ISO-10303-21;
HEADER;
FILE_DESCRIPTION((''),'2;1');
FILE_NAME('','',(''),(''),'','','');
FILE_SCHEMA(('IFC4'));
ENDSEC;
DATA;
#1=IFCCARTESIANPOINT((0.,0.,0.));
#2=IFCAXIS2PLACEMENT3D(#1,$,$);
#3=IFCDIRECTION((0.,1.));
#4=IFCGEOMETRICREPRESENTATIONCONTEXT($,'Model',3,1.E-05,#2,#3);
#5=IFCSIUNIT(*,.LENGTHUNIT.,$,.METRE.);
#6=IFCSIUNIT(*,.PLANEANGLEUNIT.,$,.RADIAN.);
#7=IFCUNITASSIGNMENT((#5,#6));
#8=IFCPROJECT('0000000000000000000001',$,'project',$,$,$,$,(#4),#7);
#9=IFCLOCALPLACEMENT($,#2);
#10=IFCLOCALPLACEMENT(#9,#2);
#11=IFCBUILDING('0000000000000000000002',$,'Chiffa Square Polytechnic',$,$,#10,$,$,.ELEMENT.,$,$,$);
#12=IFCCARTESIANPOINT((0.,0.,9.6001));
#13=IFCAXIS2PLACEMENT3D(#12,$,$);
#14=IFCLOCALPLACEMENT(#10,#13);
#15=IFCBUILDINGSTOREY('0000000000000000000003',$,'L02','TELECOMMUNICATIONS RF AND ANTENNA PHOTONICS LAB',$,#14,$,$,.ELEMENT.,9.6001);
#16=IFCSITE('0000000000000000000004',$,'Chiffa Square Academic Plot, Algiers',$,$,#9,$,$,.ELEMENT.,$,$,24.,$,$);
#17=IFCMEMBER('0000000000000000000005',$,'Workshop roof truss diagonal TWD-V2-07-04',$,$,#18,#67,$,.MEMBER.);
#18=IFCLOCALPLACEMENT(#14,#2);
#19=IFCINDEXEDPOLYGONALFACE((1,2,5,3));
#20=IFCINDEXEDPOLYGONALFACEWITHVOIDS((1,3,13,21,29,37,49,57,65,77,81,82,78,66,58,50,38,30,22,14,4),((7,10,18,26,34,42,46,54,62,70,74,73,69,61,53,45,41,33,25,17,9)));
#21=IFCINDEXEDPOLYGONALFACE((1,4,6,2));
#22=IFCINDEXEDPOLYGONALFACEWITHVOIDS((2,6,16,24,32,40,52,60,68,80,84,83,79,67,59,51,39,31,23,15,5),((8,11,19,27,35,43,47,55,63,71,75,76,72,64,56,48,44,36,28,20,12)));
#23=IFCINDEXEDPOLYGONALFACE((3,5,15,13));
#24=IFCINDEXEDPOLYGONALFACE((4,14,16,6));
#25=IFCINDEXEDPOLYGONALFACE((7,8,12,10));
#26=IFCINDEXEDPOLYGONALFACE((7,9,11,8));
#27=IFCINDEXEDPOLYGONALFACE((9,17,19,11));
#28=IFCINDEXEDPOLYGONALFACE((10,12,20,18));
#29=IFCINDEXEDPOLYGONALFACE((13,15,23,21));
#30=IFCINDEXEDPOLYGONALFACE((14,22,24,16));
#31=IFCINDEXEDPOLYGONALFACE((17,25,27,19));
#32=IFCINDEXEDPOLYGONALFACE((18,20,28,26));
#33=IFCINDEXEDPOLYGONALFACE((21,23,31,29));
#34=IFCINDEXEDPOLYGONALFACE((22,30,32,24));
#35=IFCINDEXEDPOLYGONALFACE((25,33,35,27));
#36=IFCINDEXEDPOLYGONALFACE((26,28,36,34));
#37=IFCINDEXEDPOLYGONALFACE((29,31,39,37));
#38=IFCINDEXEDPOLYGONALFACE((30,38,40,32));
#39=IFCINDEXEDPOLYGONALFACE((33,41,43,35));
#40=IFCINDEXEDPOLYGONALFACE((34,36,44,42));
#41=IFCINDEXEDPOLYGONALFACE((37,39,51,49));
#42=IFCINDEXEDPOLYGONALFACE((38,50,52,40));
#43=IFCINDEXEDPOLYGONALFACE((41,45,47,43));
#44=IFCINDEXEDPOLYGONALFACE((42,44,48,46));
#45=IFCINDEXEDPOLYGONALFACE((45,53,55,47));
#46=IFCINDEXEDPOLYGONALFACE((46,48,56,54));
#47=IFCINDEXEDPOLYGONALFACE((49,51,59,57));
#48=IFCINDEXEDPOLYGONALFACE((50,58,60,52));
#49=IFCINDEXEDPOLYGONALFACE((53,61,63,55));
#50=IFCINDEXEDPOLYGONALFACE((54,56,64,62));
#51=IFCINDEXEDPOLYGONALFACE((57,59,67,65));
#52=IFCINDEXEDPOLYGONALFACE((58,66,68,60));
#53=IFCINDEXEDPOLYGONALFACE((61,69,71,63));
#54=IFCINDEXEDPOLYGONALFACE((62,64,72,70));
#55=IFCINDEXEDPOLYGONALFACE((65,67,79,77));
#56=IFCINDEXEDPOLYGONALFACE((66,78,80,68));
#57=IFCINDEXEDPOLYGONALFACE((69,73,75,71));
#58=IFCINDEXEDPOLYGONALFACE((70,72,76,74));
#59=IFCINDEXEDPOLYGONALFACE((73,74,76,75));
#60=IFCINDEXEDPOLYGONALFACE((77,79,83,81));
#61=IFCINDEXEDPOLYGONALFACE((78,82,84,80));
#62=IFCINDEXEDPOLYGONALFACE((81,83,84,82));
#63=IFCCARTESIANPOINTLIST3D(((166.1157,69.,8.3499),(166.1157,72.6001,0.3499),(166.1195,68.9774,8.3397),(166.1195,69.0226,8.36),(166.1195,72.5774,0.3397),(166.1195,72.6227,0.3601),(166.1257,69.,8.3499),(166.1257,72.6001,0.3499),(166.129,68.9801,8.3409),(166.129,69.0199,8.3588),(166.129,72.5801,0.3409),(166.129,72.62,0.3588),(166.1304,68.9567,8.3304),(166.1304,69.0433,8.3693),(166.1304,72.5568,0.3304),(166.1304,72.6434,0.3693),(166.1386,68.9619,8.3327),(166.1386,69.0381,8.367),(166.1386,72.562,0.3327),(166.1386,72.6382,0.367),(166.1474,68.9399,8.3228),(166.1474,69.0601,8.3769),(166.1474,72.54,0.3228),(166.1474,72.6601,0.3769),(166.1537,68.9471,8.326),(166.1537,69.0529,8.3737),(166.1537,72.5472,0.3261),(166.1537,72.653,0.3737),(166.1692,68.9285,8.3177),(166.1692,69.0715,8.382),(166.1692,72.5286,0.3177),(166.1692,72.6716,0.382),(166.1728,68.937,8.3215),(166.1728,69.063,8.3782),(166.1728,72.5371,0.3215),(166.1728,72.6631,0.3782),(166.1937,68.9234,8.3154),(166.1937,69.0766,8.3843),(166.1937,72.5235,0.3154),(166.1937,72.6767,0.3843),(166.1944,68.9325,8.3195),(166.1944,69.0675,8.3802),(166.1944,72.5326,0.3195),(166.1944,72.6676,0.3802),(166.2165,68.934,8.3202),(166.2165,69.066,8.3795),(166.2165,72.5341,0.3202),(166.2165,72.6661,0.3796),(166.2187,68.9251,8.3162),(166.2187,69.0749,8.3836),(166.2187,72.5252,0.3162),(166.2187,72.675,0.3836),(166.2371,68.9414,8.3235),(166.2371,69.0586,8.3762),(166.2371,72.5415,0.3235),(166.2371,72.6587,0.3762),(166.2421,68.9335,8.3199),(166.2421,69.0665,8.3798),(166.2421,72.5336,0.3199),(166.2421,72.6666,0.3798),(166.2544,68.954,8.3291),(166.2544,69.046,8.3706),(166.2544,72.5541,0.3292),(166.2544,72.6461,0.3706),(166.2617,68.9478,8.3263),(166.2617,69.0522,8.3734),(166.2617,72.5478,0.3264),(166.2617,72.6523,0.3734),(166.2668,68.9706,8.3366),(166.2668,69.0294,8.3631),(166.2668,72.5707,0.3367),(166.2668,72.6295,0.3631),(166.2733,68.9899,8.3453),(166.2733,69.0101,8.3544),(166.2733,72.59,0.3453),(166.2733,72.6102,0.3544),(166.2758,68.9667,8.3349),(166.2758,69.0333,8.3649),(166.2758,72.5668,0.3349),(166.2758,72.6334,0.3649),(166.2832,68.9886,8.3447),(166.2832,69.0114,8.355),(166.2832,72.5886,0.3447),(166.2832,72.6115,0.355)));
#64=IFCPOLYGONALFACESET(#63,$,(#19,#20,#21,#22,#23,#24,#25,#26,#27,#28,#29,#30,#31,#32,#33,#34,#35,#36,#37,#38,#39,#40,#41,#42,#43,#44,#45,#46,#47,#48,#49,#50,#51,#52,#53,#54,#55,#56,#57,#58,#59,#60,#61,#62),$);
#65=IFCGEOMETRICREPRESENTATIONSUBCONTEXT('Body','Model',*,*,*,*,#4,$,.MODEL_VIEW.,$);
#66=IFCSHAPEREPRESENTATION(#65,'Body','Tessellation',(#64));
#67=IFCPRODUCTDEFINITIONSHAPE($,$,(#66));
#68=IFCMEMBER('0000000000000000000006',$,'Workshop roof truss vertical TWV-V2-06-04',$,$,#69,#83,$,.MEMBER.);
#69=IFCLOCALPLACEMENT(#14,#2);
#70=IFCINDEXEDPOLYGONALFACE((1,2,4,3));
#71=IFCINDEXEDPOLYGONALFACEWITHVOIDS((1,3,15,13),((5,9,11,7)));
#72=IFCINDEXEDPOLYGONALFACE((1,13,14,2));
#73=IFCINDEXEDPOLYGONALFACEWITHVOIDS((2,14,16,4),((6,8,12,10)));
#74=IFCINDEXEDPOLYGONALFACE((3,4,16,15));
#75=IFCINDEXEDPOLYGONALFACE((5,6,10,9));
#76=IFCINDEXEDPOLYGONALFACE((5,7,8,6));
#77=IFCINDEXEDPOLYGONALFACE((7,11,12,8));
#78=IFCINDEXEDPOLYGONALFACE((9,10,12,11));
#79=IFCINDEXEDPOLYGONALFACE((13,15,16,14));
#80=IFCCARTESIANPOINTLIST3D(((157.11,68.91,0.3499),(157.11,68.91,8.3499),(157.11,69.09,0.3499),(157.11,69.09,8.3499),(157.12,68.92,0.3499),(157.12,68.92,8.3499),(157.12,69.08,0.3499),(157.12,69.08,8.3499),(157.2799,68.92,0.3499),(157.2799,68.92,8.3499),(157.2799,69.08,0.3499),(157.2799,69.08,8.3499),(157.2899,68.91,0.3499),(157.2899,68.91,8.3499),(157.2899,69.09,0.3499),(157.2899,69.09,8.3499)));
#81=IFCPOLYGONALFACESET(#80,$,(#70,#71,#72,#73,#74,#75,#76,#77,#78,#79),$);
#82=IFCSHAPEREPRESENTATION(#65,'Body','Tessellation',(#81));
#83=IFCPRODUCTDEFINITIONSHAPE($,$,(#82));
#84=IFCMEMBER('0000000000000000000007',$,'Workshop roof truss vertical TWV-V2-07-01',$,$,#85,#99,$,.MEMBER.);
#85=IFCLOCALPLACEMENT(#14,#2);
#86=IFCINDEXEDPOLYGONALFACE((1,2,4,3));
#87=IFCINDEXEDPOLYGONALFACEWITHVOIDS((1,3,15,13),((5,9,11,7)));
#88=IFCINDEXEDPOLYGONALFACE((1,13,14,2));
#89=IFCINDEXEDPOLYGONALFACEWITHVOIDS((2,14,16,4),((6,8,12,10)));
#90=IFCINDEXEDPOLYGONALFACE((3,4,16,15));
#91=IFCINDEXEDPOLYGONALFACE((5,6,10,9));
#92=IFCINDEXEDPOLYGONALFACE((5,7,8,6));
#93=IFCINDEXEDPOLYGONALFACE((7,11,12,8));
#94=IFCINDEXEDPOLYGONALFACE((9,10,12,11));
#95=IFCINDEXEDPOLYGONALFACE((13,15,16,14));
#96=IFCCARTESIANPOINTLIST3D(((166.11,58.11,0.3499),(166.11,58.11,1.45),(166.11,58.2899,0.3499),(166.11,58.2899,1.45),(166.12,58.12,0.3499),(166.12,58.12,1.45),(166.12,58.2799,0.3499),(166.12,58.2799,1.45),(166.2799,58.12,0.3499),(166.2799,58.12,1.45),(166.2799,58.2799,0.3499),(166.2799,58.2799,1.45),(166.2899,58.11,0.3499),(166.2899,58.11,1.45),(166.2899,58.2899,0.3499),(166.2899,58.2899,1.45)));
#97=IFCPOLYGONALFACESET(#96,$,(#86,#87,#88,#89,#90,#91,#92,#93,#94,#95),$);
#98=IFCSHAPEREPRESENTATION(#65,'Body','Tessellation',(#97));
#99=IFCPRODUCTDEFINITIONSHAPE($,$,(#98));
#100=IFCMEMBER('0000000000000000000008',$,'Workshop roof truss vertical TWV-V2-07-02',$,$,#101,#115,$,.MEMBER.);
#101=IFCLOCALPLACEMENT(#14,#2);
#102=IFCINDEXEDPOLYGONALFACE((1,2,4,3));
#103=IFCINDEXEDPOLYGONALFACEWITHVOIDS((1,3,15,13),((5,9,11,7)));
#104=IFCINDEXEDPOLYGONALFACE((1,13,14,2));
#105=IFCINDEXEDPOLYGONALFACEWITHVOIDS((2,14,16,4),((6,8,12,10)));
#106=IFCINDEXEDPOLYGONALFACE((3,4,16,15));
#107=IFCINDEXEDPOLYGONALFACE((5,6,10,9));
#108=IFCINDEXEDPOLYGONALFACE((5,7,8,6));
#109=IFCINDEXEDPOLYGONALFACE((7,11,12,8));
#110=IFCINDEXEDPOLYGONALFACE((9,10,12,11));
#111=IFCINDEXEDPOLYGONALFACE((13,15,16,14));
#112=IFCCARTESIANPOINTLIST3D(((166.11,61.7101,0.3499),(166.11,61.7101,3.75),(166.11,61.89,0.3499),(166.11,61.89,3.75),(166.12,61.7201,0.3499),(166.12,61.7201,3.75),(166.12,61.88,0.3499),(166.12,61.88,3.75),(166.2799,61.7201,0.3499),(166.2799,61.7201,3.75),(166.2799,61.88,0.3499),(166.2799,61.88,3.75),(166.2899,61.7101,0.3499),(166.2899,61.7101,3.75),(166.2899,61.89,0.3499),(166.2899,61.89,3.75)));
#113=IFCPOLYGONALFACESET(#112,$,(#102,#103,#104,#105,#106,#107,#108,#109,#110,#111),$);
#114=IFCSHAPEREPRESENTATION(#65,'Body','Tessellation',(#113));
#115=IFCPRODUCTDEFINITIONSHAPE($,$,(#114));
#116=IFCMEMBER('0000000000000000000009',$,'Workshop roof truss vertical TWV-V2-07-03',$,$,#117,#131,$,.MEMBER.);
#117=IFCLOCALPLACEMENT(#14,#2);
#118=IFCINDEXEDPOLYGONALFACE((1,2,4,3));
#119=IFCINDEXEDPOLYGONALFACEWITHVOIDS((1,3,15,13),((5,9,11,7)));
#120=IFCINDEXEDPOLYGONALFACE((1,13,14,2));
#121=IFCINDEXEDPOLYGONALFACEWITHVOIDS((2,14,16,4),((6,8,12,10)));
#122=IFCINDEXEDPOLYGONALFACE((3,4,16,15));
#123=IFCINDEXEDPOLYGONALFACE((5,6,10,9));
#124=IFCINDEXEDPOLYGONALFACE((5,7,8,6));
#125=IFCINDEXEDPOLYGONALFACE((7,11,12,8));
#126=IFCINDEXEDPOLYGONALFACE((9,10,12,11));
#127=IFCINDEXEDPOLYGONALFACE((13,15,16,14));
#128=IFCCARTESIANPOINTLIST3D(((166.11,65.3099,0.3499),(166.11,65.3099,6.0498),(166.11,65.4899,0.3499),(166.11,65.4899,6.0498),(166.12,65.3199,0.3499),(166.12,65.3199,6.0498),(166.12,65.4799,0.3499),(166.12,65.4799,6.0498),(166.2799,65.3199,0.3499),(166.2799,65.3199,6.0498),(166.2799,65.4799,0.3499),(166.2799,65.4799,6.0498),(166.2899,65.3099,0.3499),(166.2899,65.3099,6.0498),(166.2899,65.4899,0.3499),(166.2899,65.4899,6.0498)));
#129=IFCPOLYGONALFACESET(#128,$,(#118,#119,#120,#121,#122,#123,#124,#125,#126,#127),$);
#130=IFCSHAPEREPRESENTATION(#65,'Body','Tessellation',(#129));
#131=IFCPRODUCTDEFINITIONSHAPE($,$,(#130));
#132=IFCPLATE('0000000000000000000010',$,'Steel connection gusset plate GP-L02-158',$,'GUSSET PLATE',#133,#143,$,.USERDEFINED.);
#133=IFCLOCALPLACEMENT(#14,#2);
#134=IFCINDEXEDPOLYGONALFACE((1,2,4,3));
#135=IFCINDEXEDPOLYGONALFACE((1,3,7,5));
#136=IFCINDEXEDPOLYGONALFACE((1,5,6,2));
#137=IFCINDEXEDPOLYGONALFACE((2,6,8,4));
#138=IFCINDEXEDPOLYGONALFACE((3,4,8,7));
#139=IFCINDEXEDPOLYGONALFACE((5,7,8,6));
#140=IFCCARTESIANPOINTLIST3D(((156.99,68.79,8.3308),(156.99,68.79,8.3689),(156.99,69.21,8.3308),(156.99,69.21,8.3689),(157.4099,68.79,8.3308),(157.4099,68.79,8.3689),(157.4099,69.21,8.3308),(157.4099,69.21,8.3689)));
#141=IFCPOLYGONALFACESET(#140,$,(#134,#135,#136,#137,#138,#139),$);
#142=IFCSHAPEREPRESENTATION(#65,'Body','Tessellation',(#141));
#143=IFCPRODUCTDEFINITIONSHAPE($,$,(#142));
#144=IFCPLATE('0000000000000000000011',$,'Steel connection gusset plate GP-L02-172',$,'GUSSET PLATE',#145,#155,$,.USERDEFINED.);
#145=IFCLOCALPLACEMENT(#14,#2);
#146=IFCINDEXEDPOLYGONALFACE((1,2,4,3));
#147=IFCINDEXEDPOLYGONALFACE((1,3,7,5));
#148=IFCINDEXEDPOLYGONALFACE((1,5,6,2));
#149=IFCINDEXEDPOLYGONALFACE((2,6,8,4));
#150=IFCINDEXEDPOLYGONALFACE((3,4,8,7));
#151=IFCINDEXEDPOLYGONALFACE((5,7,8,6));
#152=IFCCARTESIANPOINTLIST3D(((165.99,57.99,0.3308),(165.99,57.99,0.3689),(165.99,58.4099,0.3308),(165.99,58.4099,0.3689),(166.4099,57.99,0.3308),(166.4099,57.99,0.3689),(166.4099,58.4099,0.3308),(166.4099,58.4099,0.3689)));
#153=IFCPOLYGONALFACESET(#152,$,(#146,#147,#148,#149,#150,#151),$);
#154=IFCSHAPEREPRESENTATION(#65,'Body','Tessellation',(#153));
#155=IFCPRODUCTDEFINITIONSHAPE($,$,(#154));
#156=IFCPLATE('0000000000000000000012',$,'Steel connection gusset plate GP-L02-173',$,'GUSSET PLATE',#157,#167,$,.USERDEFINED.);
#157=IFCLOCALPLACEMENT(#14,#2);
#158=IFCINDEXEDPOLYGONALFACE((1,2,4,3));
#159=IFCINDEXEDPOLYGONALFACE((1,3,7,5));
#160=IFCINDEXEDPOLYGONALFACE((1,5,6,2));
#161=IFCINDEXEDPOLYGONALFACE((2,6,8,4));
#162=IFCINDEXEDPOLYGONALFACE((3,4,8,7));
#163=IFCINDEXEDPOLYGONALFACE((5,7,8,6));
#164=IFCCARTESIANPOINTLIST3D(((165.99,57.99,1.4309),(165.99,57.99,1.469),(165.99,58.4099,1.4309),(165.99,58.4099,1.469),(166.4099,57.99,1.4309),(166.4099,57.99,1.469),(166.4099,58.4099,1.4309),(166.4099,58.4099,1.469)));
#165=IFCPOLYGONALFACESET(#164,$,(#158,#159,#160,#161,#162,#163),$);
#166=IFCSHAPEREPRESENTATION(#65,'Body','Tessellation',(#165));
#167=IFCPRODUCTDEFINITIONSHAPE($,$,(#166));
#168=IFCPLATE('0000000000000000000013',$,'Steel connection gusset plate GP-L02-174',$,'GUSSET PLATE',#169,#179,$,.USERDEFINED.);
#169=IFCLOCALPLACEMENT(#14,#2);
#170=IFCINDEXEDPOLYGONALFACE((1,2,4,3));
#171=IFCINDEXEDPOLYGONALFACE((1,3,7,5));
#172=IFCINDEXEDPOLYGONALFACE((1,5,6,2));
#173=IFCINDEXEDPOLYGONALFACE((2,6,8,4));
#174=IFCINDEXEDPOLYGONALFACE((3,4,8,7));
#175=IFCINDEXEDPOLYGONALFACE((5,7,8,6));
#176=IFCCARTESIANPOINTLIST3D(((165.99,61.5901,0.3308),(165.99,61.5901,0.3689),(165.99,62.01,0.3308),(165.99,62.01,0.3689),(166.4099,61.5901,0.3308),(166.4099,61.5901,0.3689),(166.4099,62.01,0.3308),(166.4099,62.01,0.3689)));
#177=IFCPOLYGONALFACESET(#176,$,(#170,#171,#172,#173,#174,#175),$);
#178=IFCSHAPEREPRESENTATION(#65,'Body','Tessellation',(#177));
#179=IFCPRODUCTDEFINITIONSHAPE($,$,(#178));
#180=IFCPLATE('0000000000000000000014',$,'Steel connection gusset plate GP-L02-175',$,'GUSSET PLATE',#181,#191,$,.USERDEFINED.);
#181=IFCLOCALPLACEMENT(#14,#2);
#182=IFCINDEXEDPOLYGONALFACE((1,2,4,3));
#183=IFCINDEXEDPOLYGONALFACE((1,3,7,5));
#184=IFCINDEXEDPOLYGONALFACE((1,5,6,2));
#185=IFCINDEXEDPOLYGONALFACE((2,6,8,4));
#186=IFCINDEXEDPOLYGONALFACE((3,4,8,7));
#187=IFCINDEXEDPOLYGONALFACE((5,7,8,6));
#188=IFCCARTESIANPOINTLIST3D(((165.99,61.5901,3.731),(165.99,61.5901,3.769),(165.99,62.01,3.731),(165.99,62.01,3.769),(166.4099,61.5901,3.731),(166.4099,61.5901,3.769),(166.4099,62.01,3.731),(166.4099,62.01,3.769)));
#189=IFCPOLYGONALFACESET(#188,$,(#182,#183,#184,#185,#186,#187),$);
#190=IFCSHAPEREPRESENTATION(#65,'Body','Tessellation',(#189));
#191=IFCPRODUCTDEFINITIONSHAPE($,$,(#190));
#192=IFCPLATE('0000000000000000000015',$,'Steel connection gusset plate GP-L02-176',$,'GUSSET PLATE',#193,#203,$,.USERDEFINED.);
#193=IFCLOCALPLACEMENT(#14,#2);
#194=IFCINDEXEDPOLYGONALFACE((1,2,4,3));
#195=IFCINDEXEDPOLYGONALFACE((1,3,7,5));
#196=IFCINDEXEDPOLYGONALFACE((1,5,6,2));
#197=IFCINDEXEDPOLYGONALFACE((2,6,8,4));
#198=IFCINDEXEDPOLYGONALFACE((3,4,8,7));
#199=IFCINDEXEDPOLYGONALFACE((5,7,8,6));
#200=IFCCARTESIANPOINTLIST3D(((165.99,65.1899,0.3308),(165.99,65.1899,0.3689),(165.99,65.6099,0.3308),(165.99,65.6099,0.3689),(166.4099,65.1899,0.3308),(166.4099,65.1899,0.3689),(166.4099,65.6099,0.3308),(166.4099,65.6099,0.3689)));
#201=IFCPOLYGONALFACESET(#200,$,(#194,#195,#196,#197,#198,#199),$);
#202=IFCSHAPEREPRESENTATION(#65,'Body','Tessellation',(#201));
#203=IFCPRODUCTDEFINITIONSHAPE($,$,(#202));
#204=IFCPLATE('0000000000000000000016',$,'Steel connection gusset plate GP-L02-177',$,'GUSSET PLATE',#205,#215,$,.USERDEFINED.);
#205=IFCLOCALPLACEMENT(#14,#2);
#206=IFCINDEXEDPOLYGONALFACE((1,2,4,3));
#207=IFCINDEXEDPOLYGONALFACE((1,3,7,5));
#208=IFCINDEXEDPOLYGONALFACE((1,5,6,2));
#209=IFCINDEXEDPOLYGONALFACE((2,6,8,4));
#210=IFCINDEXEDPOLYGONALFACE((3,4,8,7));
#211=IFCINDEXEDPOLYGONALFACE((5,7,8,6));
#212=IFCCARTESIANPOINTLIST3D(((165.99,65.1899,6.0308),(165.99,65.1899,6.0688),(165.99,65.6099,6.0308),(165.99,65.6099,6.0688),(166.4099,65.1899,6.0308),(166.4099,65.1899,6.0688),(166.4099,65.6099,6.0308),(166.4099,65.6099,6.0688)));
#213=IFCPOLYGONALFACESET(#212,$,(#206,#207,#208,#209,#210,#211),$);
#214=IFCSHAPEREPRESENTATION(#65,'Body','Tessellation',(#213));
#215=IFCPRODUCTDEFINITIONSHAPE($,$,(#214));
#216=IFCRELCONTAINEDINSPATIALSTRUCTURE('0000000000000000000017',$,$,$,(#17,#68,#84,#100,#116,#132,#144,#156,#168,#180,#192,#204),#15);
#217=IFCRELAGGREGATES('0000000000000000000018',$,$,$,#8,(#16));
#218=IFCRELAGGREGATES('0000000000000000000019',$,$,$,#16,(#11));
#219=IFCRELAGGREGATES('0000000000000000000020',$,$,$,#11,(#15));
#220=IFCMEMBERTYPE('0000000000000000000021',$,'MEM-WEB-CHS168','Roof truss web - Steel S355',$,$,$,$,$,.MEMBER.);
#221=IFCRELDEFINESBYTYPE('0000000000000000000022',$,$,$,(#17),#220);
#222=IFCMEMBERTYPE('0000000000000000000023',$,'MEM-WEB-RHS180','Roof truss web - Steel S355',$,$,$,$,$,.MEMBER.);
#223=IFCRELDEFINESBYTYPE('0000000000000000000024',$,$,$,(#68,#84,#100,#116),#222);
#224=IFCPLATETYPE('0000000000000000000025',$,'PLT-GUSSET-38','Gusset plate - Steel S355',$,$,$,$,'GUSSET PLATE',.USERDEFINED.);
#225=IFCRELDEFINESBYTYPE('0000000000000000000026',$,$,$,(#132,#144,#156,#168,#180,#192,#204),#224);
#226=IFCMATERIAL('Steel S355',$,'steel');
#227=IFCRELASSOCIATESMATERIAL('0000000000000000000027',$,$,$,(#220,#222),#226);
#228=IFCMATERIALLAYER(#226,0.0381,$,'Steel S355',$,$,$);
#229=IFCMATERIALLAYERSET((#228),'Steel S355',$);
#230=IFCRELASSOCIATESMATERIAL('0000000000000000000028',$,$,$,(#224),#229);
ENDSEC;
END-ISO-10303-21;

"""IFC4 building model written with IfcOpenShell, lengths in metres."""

from ifc_helpers import new_model, si_unit, direction, frame, origin, origin_2d, place, context, subcontext, project, spatial, rectangle, hollow_rectangle, hollow_circle, extrude, material, layer, layer_set, material_profile, profile_set, type_object, element, save


model = new_model("IFC4")

# Units and contexts
model_context = context("Model", 3, precision=1e-05, world=origin(), true_north=direction((0.0, 1.0)))
body_context = subcontext(model_context, "Body", "Model", "MODEL_VIEW")
ifc_project = project(units=[si_unit("LENGTHUNIT", "METRE"), si_unit("PLANEANGLEUNIT", "RADIAN")], contexts=[model_context])

# Site, building, storey
site_placement = place(None, origin())
site = spatial("IfcSite", under=ifc_project, at=site_placement, Name="Chiffa Square Academic Plot, Algiers", CompositionType="ELEMENT", RefElevation=24.0)
building_placement = place(site_placement, origin())
building = spatial("IfcBuilding", under=site, at=building_placement, Name="Chiffa Square Polytechnic", CompositionType="ELEMENT")
storey_placement = place(building_placement, frame((0.0, 0.0, 9.6001)))
storey = spatial("IfcBuildingStorey", under=building, at=storey_placement, Name="L02", Description="TELECOMMUNICATIONS RF AND ANTENNA PHOTONICS LAB", CompositionType="ELEMENT", Elevation=9.6001)

# Shared definitions
ifc_material = material(Name="Steel S355", Category="steel")

# Members
ifc_material_profile_1 = material_profile(ifc_material, hollow_circle(Radius=0.0842, WallThickness=0.01, at=origin_2d()), Name="CHS 168.3x10")
ifc_profile_set_1 = profile_set([ifc_material_profile_1], Name="Steel S355")
member_type_1 = type_object("IfcMemberType", Name="MEM-WEB-CHS168", Description="Roof truss web - Steel S355", PredefinedType="MEMBER", material=ifc_profile_set_1)
member_1_placement = place(storey_placement, frame((166.2, 69.0, 8.3499), z_axis=(0.0, 0.410374, -0.911917), x_axis=(-1.0, 0.0, 0.0)))
element("IfcMember", 1, at=member_1_placement, inside=storey, type_object=member_type_1, Name="Workshop roof truss diagonal TWD-V2-07-04", PredefinedType="MEMBER", context=body_context, shape_type="SweptSolid", body=[
    extrude(hollow_circle(Radius=0.0842, WallThickness=0.01, at=origin_2d()), origin(), (0.0, 0.0, 1.0), 8.7727),
])
ifc_material_profile_2 = material_profile(ifc_material, hollow_rectangle(XDim=0.1799, YDim=0.1799, WallThickness=0.01, at=origin_2d()), Name="RHS 180x180x10")
ifc_profile_set_2 = profile_set([ifc_material_profile_2], Name="Steel S355")
member_type_2 = type_object("IfcMemberType", Name="MEM-WEB-RHS180", Description="Roof truss web - Steel S355", PredefinedType="MEMBER", material=ifc_profile_set_2)
member_2_placement = place(storey_placement, frame((157.2, 69.0, 0.3499), z_axis=(0.0, 0.0, 1.0), x_axis=(1.0, 0.0, 0.0)))
element("IfcMember", 2, at=member_2_placement, inside=storey, type_object=member_type_2, Name="Workshop roof truss vertical TWV-V2-06-04", PredefinedType="MEMBER", context=body_context, shape_type="SweptSolid", body=[
    extrude(hollow_rectangle(XDim=0.1799, YDim=0.1799, WallThickness=0.01, at=origin_2d()), origin(), (0.0, 0.0, 1.0), 8.0),
])
member_3_placement = place(storey_placement, frame((166.2, 58.2, 0.3499), z_axis=(0.0, 0.0, 1.0), x_axis=(1.0, 0.0, 0.0)))
element("IfcMember", 3, at=member_3_placement, inside=storey, type_object=member_type_2, Name="Workshop roof truss vertical TWV-V2-07-01", PredefinedType="MEMBER", context=body_context, shape_type="SweptSolid", body=[
    extrude(hollow_rectangle(XDim=0.1799, YDim=0.1799, WallThickness=0.01, at=origin_2d()), origin(), (0.0, 0.0, 1.0), 1.1001),
])
member_4_placement = place(storey_placement, frame((166.2, 61.8, 0.3499), z_axis=(0.0, 0.0, 1.0), x_axis=(1.0, 0.0, 0.0)))
element("IfcMember", 4, at=member_4_placement, inside=storey, type_object=member_type_2, Name="Workshop roof truss vertical TWV-V2-07-02", PredefinedType="MEMBER", context=body_context, shape_type="SweptSolid", body=[
    extrude(hollow_rectangle(XDim=0.1799, YDim=0.1799, WallThickness=0.01, at=origin_2d()), origin(), (0.0, 0.0, 1.0), 3.4001),
])
member_5_placement = place(storey_placement, frame((166.2, 65.3999, 0.3499), z_axis=(0.0, 0.0, 1.0), x_axis=(1.0, 0.0, 0.0)))
element("IfcMember", 5, at=member_5_placement, inside=storey, type_object=member_type_2, Name="Workshop roof truss vertical TWV-V2-07-03", PredefinedType="MEMBER", context=body_context, shape_type="SweptSolid", body=[
    extrude(hollow_rectangle(XDim=0.1799, YDim=0.1799, WallThickness=0.01, at=origin_2d()), origin(), (0.0, 0.0, 1.0), 5.7),
])

# Plates
ifc_layer = layer(ifc_material, 0.0381, Name="Steel S355")
ifc_layer_set = layer_set([ifc_layer], Name="Steel S355")
plate_type = type_object("IfcPlateType", Name="PLT-GUSSET-38", Description="Gusset plate - Steel S355", ElementType="GUSSET PLATE", PredefinedType="USERDEFINED", material=ifc_layer_set)
for number, where, z_axis, x_axis, name in (
    (6, (157.2, 69.0, 8.3308), (0.0, 0.0, 1.0), (1.0, 0.0, 0.0), "Steel connection gusset plate GP-L02-158"),
    (7, (166.2, 58.2, 0.3308), (0.0, 0.0, 1.0), (1.0, 0.0, 0.0), "Steel connection gusset plate GP-L02-172"),
    (8, (166.2, 58.2, 1.4309), (0.0, 0.0, 1.0), (1.0, 0.0, 0.0), "Steel connection gusset plate GP-L02-173"),
    (9, (166.2, 61.8, 0.3308), (0.0, 0.0, 1.0), (1.0, 0.0, 0.0), "Steel connection gusset plate GP-L02-174"),
    (10, (166.2, 61.8, 3.731), (0.0, 0.0, 1.0), (1.0, 0.0, 0.0), "Steel connection gusset plate GP-L02-175"),
    (11, (166.2, 65.3999, 0.3308), (0.0, 0.0, 1.0), (1.0, 0.0, 0.0), "Steel connection gusset plate GP-L02-176"),
    (12, (166.2, 65.3999, 6.0308), (0.0, 0.0, 1.0), (1.0, 0.0, 0.0), "Steel connection gusset plate GP-L02-177"),
):
    element("IfcPlate", number, at=place(storey_placement, frame(where, z_axis=z_axis, x_axis=x_axis)), inside=storey, type_object=plate_type, Name=name, ObjectType="GUSSET PLATE", PredefinedType="USERDEFINED", context=body_context, shape_type="SweptSolid", body=[
        extrude(rectangle(XDim=0.4199, YDim=0.4199, at=origin_2d()), origin(), (0.0, 0.0, 1.0), 0.0381),
    ])

save(model, "model.ifc")
